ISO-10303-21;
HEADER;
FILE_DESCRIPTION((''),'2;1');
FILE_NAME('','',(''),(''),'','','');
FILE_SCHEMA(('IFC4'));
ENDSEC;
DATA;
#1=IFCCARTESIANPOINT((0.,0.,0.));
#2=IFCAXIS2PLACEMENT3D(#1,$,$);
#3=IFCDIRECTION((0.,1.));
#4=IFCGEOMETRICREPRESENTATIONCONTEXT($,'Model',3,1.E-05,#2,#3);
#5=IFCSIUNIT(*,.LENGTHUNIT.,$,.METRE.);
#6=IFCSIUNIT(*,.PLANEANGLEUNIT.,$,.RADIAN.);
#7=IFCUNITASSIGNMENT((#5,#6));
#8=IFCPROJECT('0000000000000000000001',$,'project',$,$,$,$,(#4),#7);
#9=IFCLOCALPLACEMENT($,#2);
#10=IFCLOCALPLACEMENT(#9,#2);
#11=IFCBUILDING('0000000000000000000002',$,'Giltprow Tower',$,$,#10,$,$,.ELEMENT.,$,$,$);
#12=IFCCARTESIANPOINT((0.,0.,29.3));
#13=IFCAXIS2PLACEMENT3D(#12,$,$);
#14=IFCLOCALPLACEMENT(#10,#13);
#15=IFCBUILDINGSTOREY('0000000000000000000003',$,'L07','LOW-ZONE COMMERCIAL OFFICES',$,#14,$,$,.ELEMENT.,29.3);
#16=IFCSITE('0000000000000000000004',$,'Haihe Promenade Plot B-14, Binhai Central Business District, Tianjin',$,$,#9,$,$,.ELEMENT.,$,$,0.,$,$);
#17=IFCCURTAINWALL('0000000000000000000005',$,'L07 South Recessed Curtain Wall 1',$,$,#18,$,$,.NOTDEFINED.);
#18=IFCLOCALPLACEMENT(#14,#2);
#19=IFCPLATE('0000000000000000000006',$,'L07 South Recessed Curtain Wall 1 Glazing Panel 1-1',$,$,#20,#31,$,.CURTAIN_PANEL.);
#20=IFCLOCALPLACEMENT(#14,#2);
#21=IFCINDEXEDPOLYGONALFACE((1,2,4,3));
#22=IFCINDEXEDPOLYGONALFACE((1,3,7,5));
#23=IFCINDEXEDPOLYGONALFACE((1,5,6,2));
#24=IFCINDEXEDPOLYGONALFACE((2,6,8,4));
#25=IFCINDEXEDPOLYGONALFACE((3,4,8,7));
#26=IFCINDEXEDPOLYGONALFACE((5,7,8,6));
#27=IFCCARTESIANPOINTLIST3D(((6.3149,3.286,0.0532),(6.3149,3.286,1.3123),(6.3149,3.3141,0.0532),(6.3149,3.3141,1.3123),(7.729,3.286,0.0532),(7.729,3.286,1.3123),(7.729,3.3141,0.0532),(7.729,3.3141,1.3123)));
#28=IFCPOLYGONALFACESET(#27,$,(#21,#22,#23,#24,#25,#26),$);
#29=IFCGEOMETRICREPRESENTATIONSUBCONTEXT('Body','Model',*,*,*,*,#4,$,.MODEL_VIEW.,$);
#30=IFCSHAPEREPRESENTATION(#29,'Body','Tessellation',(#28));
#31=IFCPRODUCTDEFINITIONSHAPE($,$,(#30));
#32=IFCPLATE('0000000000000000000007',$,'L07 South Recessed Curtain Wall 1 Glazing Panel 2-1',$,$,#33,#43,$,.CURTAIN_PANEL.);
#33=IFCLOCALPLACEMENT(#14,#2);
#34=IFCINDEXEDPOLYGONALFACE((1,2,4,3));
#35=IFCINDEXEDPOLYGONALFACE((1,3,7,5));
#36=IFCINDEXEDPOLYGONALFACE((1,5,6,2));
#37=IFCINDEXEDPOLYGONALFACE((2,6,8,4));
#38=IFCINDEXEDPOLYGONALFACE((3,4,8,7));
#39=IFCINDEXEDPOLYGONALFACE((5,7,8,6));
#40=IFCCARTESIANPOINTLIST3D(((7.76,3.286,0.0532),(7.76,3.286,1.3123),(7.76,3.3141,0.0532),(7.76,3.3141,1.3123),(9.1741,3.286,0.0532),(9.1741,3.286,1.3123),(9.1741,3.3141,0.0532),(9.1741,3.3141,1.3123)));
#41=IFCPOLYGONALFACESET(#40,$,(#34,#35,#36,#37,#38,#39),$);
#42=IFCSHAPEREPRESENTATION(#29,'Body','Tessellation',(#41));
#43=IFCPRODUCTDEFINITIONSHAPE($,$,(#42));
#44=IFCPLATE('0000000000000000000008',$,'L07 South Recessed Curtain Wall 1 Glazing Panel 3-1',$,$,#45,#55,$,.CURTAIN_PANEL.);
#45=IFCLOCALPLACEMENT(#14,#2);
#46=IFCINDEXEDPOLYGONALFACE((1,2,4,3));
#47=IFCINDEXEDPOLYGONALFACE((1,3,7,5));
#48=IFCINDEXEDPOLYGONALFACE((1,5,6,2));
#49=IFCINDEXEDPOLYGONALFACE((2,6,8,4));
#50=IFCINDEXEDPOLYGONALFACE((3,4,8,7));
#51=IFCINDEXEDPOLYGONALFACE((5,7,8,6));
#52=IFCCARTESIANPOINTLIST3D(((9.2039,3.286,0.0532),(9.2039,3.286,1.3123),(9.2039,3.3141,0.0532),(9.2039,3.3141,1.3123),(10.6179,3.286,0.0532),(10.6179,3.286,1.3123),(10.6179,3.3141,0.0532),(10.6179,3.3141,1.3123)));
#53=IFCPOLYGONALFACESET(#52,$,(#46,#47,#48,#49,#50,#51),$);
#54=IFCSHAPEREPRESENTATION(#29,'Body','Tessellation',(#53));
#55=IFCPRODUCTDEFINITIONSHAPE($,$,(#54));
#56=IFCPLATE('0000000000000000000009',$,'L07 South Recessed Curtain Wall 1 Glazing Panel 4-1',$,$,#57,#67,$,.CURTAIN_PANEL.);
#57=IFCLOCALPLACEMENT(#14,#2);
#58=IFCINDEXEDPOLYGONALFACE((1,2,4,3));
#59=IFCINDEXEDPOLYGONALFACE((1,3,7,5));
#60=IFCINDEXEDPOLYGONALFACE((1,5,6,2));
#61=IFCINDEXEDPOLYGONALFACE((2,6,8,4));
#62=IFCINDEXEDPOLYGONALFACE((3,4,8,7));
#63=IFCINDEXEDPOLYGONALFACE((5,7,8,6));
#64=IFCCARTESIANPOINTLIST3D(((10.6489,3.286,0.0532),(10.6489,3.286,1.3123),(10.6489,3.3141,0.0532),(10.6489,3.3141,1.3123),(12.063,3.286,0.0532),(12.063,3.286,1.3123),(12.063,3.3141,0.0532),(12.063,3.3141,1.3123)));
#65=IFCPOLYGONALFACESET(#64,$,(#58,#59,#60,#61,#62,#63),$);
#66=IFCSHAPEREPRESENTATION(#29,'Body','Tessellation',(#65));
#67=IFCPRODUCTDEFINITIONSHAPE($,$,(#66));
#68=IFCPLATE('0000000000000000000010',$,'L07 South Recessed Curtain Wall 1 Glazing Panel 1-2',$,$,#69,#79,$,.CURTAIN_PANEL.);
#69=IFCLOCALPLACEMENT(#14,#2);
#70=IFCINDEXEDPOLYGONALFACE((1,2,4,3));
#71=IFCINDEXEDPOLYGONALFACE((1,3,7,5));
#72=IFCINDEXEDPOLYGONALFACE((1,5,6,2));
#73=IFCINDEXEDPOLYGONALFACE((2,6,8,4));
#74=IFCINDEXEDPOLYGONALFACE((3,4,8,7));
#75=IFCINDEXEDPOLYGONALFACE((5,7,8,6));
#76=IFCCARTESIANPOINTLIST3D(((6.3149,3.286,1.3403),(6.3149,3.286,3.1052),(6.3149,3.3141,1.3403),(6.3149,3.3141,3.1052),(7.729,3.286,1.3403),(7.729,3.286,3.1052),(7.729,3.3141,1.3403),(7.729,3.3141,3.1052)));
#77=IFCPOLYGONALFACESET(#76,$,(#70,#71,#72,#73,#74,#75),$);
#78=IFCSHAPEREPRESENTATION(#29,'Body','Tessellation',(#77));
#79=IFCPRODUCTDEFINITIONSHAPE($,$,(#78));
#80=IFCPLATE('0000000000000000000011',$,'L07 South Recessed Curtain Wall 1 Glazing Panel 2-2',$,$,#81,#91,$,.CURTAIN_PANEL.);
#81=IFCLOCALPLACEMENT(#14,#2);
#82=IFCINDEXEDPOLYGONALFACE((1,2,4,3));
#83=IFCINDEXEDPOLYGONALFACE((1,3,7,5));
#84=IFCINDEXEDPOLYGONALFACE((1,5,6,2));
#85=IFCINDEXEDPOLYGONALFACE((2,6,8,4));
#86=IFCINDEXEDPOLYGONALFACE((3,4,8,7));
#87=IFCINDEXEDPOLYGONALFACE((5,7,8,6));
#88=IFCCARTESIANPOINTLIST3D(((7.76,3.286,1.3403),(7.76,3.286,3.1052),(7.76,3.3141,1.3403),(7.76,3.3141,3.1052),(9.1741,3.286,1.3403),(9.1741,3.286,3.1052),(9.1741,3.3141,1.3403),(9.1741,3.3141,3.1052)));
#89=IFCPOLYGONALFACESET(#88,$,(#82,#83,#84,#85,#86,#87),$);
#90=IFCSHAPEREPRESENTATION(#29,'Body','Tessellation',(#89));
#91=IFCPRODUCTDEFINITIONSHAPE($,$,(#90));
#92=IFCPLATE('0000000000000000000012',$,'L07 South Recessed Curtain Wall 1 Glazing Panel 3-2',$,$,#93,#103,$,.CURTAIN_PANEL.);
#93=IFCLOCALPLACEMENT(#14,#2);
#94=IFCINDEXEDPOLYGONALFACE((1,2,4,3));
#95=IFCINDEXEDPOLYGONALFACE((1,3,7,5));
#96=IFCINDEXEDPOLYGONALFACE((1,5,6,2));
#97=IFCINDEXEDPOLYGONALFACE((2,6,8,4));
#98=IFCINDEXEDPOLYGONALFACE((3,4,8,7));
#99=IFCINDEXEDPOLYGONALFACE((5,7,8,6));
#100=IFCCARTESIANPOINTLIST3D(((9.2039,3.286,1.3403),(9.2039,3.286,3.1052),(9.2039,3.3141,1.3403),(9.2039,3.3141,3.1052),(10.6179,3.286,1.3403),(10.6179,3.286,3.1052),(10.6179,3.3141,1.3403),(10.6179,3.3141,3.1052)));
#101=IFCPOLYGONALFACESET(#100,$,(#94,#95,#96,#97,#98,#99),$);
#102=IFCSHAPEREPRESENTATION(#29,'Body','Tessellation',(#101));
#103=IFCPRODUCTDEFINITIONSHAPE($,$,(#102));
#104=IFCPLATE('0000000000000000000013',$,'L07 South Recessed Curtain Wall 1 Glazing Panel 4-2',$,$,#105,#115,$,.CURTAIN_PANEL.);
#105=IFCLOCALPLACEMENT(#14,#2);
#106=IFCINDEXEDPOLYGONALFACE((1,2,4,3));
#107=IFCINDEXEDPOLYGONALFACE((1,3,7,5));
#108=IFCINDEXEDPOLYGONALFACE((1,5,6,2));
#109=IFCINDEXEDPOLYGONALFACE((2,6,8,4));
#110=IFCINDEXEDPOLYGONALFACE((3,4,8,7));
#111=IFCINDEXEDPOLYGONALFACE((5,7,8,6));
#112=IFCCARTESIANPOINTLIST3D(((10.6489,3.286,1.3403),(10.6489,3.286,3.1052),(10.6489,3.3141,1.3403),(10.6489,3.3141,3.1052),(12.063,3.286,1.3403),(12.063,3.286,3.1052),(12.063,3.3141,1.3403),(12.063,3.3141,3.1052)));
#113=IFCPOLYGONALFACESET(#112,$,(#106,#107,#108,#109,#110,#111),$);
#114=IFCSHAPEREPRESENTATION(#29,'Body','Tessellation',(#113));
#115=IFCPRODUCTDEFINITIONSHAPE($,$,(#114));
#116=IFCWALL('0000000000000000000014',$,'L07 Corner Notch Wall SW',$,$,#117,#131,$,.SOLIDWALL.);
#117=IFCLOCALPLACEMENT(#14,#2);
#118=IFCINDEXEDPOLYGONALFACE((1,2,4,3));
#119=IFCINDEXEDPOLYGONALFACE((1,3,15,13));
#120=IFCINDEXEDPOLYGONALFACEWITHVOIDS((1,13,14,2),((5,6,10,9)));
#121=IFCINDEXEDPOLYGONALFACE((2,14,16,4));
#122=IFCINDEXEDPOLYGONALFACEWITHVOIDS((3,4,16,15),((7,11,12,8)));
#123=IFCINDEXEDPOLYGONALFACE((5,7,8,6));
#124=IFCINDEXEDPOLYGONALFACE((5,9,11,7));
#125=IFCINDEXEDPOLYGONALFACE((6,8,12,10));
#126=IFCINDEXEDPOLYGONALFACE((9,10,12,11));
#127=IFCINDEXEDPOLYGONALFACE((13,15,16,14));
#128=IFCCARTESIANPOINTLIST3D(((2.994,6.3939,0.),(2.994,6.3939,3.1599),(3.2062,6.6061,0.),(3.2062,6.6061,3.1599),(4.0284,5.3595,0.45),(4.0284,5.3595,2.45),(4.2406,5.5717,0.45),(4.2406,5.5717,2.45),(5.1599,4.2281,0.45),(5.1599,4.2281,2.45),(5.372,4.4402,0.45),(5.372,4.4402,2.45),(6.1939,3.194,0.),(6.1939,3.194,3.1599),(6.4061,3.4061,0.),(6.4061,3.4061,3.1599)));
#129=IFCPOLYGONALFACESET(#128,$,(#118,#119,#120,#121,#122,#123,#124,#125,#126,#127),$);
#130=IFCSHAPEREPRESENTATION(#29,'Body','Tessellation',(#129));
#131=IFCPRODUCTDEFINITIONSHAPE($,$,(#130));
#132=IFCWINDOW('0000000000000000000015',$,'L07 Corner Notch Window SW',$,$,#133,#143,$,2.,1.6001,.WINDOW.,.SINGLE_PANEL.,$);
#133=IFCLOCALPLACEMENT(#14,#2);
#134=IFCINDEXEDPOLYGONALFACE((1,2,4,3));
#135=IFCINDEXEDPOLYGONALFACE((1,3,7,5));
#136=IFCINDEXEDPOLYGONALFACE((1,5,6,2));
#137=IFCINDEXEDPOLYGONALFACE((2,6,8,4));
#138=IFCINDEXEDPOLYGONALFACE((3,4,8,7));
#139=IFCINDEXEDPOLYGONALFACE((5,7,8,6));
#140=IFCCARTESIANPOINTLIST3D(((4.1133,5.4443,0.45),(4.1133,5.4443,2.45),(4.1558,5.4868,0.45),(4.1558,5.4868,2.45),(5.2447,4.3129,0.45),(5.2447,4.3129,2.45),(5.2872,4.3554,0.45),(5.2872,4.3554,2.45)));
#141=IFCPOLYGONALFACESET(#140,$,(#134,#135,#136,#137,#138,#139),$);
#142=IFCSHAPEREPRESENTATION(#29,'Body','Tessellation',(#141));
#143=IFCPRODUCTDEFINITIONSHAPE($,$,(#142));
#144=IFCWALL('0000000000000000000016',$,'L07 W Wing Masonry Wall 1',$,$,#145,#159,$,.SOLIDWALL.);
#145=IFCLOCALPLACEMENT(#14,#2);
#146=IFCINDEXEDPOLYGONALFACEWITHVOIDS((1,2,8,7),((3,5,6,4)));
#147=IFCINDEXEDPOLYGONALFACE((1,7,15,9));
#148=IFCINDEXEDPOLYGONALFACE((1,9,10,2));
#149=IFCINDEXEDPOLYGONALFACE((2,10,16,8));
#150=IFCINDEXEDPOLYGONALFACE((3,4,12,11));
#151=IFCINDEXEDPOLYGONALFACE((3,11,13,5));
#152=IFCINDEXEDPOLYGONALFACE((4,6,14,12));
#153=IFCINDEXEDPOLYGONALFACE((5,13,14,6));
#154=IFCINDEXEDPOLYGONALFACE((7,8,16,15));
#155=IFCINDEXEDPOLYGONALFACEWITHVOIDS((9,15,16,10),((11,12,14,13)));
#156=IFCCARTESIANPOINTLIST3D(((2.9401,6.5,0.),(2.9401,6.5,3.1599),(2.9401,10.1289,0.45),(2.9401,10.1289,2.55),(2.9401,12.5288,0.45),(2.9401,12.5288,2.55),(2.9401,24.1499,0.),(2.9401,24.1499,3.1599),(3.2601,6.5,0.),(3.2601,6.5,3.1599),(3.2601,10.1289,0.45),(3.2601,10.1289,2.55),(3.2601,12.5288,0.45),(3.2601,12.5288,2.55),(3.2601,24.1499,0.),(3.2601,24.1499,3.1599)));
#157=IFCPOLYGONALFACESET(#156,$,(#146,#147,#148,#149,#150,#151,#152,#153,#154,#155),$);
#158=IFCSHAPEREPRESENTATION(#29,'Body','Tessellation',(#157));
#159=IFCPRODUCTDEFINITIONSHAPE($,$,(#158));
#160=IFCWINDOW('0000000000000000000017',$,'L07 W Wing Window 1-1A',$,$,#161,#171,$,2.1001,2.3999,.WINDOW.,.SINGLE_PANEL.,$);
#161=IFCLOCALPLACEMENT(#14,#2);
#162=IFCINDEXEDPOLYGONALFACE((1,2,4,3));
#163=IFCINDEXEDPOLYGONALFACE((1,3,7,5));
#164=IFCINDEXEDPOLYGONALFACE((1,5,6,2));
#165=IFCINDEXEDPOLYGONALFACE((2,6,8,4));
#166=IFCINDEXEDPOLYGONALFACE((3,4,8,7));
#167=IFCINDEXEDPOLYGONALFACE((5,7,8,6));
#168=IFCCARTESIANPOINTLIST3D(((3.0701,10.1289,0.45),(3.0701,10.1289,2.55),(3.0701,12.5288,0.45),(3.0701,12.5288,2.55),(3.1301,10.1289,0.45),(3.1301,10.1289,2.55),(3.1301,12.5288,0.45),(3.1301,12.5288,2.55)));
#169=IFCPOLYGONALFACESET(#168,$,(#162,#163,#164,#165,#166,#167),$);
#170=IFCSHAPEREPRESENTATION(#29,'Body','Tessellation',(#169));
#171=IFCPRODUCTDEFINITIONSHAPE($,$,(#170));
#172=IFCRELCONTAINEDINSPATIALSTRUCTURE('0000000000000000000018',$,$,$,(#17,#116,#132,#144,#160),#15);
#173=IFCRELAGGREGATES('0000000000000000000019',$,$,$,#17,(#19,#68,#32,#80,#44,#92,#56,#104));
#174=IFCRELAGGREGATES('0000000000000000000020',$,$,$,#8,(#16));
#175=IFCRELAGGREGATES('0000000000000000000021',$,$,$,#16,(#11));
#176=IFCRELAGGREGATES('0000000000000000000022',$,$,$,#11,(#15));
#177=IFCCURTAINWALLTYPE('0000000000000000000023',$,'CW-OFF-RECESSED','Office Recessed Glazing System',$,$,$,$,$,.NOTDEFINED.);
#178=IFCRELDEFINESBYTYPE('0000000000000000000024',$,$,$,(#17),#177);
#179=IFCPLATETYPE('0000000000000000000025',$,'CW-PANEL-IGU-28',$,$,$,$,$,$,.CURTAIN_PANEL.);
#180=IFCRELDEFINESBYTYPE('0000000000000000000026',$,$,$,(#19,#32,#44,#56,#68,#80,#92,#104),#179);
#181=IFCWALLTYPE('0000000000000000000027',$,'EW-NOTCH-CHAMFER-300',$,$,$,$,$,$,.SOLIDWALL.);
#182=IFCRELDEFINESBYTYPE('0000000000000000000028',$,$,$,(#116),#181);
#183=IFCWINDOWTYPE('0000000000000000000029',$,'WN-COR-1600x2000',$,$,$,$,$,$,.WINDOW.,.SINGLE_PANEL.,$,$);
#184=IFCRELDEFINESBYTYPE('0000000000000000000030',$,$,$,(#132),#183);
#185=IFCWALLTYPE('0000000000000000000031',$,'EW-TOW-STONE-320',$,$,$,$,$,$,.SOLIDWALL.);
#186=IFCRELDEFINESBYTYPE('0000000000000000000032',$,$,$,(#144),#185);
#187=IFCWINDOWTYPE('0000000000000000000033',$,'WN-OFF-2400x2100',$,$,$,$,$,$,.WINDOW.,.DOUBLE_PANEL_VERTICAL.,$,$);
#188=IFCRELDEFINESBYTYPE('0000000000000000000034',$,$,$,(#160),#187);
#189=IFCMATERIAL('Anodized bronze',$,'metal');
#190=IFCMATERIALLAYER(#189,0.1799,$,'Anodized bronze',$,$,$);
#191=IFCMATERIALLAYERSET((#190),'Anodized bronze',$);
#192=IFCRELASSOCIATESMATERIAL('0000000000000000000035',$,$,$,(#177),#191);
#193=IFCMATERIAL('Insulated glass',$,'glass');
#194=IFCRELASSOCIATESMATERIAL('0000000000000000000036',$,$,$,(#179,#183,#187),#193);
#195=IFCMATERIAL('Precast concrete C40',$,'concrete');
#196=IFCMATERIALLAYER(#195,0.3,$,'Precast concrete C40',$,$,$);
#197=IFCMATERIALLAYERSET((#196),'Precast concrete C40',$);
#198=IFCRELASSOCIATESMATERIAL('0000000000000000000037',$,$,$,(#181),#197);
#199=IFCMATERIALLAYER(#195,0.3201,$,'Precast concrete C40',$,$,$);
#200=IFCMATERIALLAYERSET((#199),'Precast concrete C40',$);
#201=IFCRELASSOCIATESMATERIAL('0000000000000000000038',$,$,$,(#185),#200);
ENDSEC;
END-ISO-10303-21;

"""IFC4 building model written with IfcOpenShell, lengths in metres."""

from ifc_helpers import new_model, si_unit, direction, frame, frame_2d, origin, origin_2d, place, context, subcontext, project, spatial, rectangle, extrude, source, transform, mapped, material, layer, layer_set, type_object, element, fill, aggregate, save


model = new_model("IFC4")

# Units and contexts
model_context = context("Model", 3, precision=1e-05, world=origin(), true_north=direction((0.0, 1.0)))
body_context = subcontext(model_context, "Body", "Model", "MODEL_VIEW")
ifc_project = project(units=[si_unit("LENGTHUNIT", "METRE"), si_unit("PLANEANGLEUNIT", "RADIAN")], contexts=[model_context])

# Site, building, storey
site_placement = place(None, origin())
site = spatial("IfcSite", under=ifc_project, at=site_placement, Name="Haihe Promenade Plot B-14, Binhai Central Business District, Tianjin", CompositionType="ELEMENT", RefElevation=0.0)
building_placement = place(site_placement, origin())
building = spatial("IfcBuilding", under=site, at=building_placement, Name="Giltprow Tower", CompositionType="ELEMENT")
storey_placement = place(building_placement, frame((0.0, 0.0, 29.3)))
storey = spatial("IfcBuildingStorey", under=building, at=storey_placement, Name="L07", Description="LOW-ZONE COMMERCIAL OFFICES", CompositionType="ELEMENT", Elevation=29.3)

# Curtain wall
ifc_material_1 = material(Name="Anodized bronze", Category="metal")
ifc_layer_1 = layer(ifc_material_1, 0.1799, Name="Anodized bronze")
ifc_layer_set_1 = layer_set([ifc_layer_1], Name="Anodized bronze")
curtain_wall_type = type_object("IfcCurtainWallType", Name="CW-OFF-RECESSED", Description="Office Recessed Glazing System", PredefinedType="NOTDEFINED", material=ifc_layer_set_1)
curtain_wall_placement = place(storey_placement, origin())
curtain_wall = element("IfcCurtainWall", 1, at=curtain_wall_placement, inside=storey, type_object=curtain_wall_type, Name="L07 South Recessed Curtain Wall 1", PredefinedType="NOTDEFINED")

# Plates
ifc_material_2 = material(Name="Insulated glass", Category="glass")
plate_type = type_object("IfcPlateType", Name="CW-PANEL-IGU-28", PredefinedType="CURTAIN_PANEL", material=ifc_material_2)
shared_shape_1 = source(origin(), body_context, "Body", "SweptSolid", [
    extrude(rectangle(XDim=1.4141, YDim=0.0281, at=origin_2d()), origin(), (0.0, 0.0, 1.0), 1.259),
])
plate_1_placement = place(storey_placement, frame((7.022, 3.3, 0.0532), z_axis=(0.0, 0.0, 1.0), x_axis=(1.0, 0.0, 0.0)))
plate_1 = element("IfcPlate", 2, at=plate_1_placement, type_object=plate_type, Name="L07 South Recessed Curtain Wall 1 Glazing Panel 1-1", PredefinedType="CURTAIN_PANEL", context=body_context, shape_type="MappedRepresentation", body=[
    mapped(shared_shape_1, transform((0.0, 0.0, 0.0), x_axis=(1.0, 0.0, 0.0), y_axis=(0.0, 1.0, 0.0), z_axis=(0.0, 0.0, 1.0), scale=1.0)),
])
plate_2_placement = place(storey_placement, frame((8.467, 3.3, 0.0532), z_axis=(0.0, 0.0, 1.0), x_axis=(1.0, 0.0, 0.0)))
plate_2 = element("IfcPlate", 3, at=plate_2_placement, type_object=plate_type, Name="L07 South Recessed Curtain Wall 1 Glazing Panel 2-1", PredefinedType="CURTAIN_PANEL", context=body_context, shape_type="MappedRepresentation", body=[
    mapped(shared_shape_1, transform((0.0, 0.0, 0.0), x_axis=(1.0, 0.0, 0.0), y_axis=(0.0, 1.0, 0.0), z_axis=(0.0, 0.0, 1.0), scale=1.0)),
])
plate_3_placement = place(storey_placement, frame((9.9109, 3.3, 0.0532), z_axis=(0.0, 0.0, 1.0), x_axis=(1.0, 0.0, 0.0)))
plate_3 = element("IfcPlate", 4, at=plate_3_placement, type_object=plate_type, Name="L07 South Recessed Curtain Wall 1 Glazing Panel 3-1", PredefinedType="CURTAIN_PANEL", context=body_context, shape_type="MappedRepresentation", body=[
    mapped(shared_shape_1, transform((0.0, 0.0, 0.0), x_axis=(1.0, 0.0, 0.0), y_axis=(0.0, 1.0, 0.0), z_axis=(0.0, 0.0, 1.0), scale=1.0)),
])
plate_4_placement = place(storey_placement, frame((11.356, 3.3, 0.0532), z_axis=(0.0, 0.0, 1.0), x_axis=(1.0, 0.0, 0.0)))
plate_4 = element("IfcPlate", 5, at=plate_4_placement, type_object=plate_type, Name="L07 South Recessed Curtain Wall 1 Glazing Panel 4-1", PredefinedType="CURTAIN_PANEL", context=body_context, shape_type="MappedRepresentation", body=[
    mapped(shared_shape_1, transform((0.0, 0.0, 0.0), x_axis=(1.0, 0.0, 0.0), y_axis=(0.0, 1.0, 0.0), z_axis=(0.0, 0.0, 1.0), scale=1.0)),
])
shared_shape_2 = source(origin(), body_context, "Body", "SweptSolid", [
    extrude(rectangle(XDim=1.4141, YDim=0.0281, at=origin_2d()), origin(), (0.0, 0.0, 1.0), 1.7649),
])
plate_5_placement = place(storey_placement, frame((7.022, 3.3, 1.3403), z_axis=(0.0, 0.0, 1.0), x_axis=(1.0, 0.0, 0.0)))
plate_5 = element("IfcPlate", 6, at=plate_5_placement, type_object=plate_type, Name="L07 South Recessed Curtain Wall 1 Glazing Panel 1-2", PredefinedType="CURTAIN_PANEL", context=body_context, shape_type="MappedRepresentation", body=[
    mapped(shared_shape_2, transform((0.0, 0.0, 0.0), x_axis=(1.0, 0.0, 0.0), y_axis=(0.0, 1.0, 0.0), z_axis=(0.0, 0.0, 1.0), scale=1.0)),
])
plate_6_placement = place(storey_placement, frame((8.467, 3.3, 1.3403), z_axis=(0.0, 0.0, 1.0), x_axis=(1.0, 0.0, 0.0)))
plate_6 = element("IfcPlate", 7, at=plate_6_placement, type_object=plate_type, Name="L07 South Recessed Curtain Wall 1 Glazing Panel 2-2", PredefinedType="CURTAIN_PANEL", context=body_context, shape_type="MappedRepresentation", body=[
    mapped(shared_shape_2, transform((0.0, 0.0, 0.0), x_axis=(1.0, 0.0, 0.0), y_axis=(0.0, 1.0, 0.0), z_axis=(0.0, 0.0, 1.0), scale=1.0)),
])
plate_7_placement = place(storey_placement, frame((9.9109, 3.3, 1.3403), z_axis=(0.0, 0.0, 1.0), x_axis=(1.0, 0.0, 0.0)))
plate_7 = element("IfcPlate", 8, at=plate_7_placement, type_object=plate_type, Name="L07 South Recessed Curtain Wall 1 Glazing Panel 3-2", PredefinedType="CURTAIN_PANEL", context=body_context, shape_type="MappedRepresentation", body=[
    mapped(shared_shape_2, transform((0.0, 0.0, 0.0), x_axis=(1.0, 0.0, 0.0), y_axis=(0.0, 1.0, 0.0), z_axis=(0.0, 0.0, 1.0), scale=1.0)),
])
plate_8_placement = place(storey_placement, frame((11.356, 3.3, 1.3403), z_axis=(0.0, 0.0, 1.0), x_axis=(1.0, 0.0, 0.0)))
plate_8 = element("IfcPlate", 9, at=plate_8_placement, type_object=plate_type, Name="L07 South Recessed Curtain Wall 1 Glazing Panel 4-2", PredefinedType="CURTAIN_PANEL", context=body_context, shape_type="MappedRepresentation", body=[
    mapped(shared_shape_2, transform((0.0, 0.0, 0.0), x_axis=(1.0, 0.0, 0.0), y_axis=(0.0, 1.0, 0.0), z_axis=(0.0, 0.0, 1.0), scale=1.0)),
])
aggregate(curtain_wall, [plate_1, plate_5, plate_2, plate_6, plate_3, plate_7, plate_4, plate_8])

# Walls, openings, windows
ifc_material_3 = material(Name="Precast concrete C40", Category="concrete")
ifc_layer_2 = layer(ifc_material_3, 0.3, Name="Precast concrete C40")
ifc_layer_set_2 = layer_set([ifc_layer_2], Name="Precast concrete C40")
wall_type_1 = type_object("IfcWallType", Name="EW-NOTCH-CHAMFER-300", PredefinedType="SOLIDWALL", material=ifc_layer_set_2)
wall_1_placement = place(storey_placement, frame((3.1001, 6.5, 0.0), z_axis=(0.0, 0.0, 1.0), x_axis=(0.707107, -0.707107, 0.0)))
wall_1 = element("IfcWall", 10, at=wall_1_placement, inside=storey, type_object=wall_type_1, Name="L07 Corner Notch Wall SW", PredefinedType="SOLIDWALL", context=body_context, shape_type="SweptSolid", body=[
    extrude(rectangle(XDim=4.5254, YDim=0.3, at=frame_2d((2.2627, 0.0))), origin(), (0.0, 0.0, 1.0), 3.1599),
])
opening_1_placement = place(wall_1_placement, frame((1.4629, 0.0, 0.45)))
opening_1 = element("IfcOpeningElement", 11, at=opening_1_placement, cuts=wall_1, PredefinedType="OPENING", context=body_context, shape_type="SweptSolid", body=[
    extrude(rectangle(XDim=1.6001, YDim=2.0, at=frame_2d((0.8, 1.0))), frame((0.0, 0.1599, 0.0), z_axis=(0.0, -1.0, 0.0), x_axis=(1.0, 0.0, 0.0)), (0.0, 0.0, 1.0), 0.3201),
])
window_type_1 = type_object("IfcWindowType", Name="WN-COR-1600x2000", PartitioningType="SINGLE_PANEL", PredefinedType="WINDOW", material=ifc_material_2)
shared_shape_3 = source(origin(), body_context, "Body", "SweptSolid", [
    extrude(rectangle(XDim=1.6001, YDim=2.0, at=frame_2d((0.8, 1.0))), frame((0.0, 0.03, 0.0), z_axis=(0.0, -1.0, 0.0), x_axis=(1.0, 0.0, 0.0)), (0.0, 0.0, 1.0), 0.0601),
])
window_1_placement = place(opening_1_placement, origin())
window_1 = element("IfcWindow", 12, at=window_1_placement, inside=storey, type_object=window_type_1, Name="L07 Corner Notch Window SW", OverallHeight=2.0, OverallWidth=1.6001, PartitioningType="SINGLE_PANEL", PredefinedType="WINDOW", context=body_context, shape_type="MappedRepresentation", body=[
    mapped(shared_shape_3, transform((0.0, 0.0, 0.0), x_axis=(1.0, 0.0, 0.0), y_axis=(0.0, 1.0, 0.0), z_axis=(0.0, 0.0, 1.0), scale=1.0)),
])
fill(opening_1, window_1)
ifc_layer_3 = layer(ifc_material_3, 0.3201, Name="Precast concrete C40")
ifc_layer_set_3 = layer_set([ifc_layer_3], Name="Precast concrete C40")
wall_type_2 = type_object("IfcWallType", Name="EW-TOW-STONE-320", PredefinedType="SOLIDWALL", material=ifc_layer_set_3)
wall_2_placement = place(storey_placement, frame((3.1001, 6.5, 0.0), z_axis=(0.0, 0.0, 1.0), x_axis=(0.0, 1.0, 0.0)))
wall_2 = element("IfcWall", 13, at=wall_2_placement, inside=storey, type_object=wall_type_2, Name="L07 W Wing Masonry Wall 1", PredefinedType="SOLIDWALL", context=body_context, shape_type="SweptSolid", body=[
    extrude(rectangle(XDim=17.6499, YDim=0.3201, at=frame_2d((8.825, 0.0))), origin(), (0.0, 0.0, 1.0), 3.1599),
])
opening_2_placement = place(wall_2_placement, frame((3.6289, 0.0, 0.45)))
opening_2 = element("IfcOpeningElement", 14, at=opening_2_placement, cuts=wall_2, PredefinedType="OPENING", context=body_context, shape_type="SweptSolid", body=[
    extrude(rectangle(XDim=2.3999, YDim=2.1001, at=frame_2d((1.2, 1.05))), frame((0.0, 0.1699, 0.0), z_axis=(0.0, -1.0, 0.0), x_axis=(1.0, 0.0, 0.0)), (0.0, 0.0, 1.0), 0.3401),
])
window_type_2 = type_object("IfcWindowType", Name="WN-OFF-2400x2100", PartitioningType="DOUBLE_PANEL_VERTICAL", PredefinedType="WINDOW", material=ifc_material_2)
shared_shape_4 = source(origin(), body_context, "Body", "SweptSolid", [
    extrude(rectangle(XDim=2.3999, YDim=2.1001, at=frame_2d((1.2, 1.05))), frame((0.0, 0.03, 0.0), z_axis=(0.0, -1.0, 0.0), x_axis=(1.0, 0.0, 0.0)), (0.0, 0.0, 1.0), 0.0601),
])
window_2_placement = place(opening_2_placement, origin())
window_2 = element("IfcWindow", 15, at=window_2_placement, inside=storey, type_object=window_type_2, Name="L07 W Wing Window 1-1A", OverallHeight=2.1001, OverallWidth=2.3999, PartitioningType="SINGLE_PANEL", PredefinedType="WINDOW", context=body_context, shape_type="MappedRepresentation", body=[
    mapped(shared_shape_4, transform((0.0, 0.0, 0.0), x_axis=(1.0, 0.0, 0.0), y_axis=(0.0, 1.0, 0.0), z_axis=(0.0, 0.0, 1.0), scale=1.0)),
])
fill(opening_2, window_2)

save(model, "model.ifc")
